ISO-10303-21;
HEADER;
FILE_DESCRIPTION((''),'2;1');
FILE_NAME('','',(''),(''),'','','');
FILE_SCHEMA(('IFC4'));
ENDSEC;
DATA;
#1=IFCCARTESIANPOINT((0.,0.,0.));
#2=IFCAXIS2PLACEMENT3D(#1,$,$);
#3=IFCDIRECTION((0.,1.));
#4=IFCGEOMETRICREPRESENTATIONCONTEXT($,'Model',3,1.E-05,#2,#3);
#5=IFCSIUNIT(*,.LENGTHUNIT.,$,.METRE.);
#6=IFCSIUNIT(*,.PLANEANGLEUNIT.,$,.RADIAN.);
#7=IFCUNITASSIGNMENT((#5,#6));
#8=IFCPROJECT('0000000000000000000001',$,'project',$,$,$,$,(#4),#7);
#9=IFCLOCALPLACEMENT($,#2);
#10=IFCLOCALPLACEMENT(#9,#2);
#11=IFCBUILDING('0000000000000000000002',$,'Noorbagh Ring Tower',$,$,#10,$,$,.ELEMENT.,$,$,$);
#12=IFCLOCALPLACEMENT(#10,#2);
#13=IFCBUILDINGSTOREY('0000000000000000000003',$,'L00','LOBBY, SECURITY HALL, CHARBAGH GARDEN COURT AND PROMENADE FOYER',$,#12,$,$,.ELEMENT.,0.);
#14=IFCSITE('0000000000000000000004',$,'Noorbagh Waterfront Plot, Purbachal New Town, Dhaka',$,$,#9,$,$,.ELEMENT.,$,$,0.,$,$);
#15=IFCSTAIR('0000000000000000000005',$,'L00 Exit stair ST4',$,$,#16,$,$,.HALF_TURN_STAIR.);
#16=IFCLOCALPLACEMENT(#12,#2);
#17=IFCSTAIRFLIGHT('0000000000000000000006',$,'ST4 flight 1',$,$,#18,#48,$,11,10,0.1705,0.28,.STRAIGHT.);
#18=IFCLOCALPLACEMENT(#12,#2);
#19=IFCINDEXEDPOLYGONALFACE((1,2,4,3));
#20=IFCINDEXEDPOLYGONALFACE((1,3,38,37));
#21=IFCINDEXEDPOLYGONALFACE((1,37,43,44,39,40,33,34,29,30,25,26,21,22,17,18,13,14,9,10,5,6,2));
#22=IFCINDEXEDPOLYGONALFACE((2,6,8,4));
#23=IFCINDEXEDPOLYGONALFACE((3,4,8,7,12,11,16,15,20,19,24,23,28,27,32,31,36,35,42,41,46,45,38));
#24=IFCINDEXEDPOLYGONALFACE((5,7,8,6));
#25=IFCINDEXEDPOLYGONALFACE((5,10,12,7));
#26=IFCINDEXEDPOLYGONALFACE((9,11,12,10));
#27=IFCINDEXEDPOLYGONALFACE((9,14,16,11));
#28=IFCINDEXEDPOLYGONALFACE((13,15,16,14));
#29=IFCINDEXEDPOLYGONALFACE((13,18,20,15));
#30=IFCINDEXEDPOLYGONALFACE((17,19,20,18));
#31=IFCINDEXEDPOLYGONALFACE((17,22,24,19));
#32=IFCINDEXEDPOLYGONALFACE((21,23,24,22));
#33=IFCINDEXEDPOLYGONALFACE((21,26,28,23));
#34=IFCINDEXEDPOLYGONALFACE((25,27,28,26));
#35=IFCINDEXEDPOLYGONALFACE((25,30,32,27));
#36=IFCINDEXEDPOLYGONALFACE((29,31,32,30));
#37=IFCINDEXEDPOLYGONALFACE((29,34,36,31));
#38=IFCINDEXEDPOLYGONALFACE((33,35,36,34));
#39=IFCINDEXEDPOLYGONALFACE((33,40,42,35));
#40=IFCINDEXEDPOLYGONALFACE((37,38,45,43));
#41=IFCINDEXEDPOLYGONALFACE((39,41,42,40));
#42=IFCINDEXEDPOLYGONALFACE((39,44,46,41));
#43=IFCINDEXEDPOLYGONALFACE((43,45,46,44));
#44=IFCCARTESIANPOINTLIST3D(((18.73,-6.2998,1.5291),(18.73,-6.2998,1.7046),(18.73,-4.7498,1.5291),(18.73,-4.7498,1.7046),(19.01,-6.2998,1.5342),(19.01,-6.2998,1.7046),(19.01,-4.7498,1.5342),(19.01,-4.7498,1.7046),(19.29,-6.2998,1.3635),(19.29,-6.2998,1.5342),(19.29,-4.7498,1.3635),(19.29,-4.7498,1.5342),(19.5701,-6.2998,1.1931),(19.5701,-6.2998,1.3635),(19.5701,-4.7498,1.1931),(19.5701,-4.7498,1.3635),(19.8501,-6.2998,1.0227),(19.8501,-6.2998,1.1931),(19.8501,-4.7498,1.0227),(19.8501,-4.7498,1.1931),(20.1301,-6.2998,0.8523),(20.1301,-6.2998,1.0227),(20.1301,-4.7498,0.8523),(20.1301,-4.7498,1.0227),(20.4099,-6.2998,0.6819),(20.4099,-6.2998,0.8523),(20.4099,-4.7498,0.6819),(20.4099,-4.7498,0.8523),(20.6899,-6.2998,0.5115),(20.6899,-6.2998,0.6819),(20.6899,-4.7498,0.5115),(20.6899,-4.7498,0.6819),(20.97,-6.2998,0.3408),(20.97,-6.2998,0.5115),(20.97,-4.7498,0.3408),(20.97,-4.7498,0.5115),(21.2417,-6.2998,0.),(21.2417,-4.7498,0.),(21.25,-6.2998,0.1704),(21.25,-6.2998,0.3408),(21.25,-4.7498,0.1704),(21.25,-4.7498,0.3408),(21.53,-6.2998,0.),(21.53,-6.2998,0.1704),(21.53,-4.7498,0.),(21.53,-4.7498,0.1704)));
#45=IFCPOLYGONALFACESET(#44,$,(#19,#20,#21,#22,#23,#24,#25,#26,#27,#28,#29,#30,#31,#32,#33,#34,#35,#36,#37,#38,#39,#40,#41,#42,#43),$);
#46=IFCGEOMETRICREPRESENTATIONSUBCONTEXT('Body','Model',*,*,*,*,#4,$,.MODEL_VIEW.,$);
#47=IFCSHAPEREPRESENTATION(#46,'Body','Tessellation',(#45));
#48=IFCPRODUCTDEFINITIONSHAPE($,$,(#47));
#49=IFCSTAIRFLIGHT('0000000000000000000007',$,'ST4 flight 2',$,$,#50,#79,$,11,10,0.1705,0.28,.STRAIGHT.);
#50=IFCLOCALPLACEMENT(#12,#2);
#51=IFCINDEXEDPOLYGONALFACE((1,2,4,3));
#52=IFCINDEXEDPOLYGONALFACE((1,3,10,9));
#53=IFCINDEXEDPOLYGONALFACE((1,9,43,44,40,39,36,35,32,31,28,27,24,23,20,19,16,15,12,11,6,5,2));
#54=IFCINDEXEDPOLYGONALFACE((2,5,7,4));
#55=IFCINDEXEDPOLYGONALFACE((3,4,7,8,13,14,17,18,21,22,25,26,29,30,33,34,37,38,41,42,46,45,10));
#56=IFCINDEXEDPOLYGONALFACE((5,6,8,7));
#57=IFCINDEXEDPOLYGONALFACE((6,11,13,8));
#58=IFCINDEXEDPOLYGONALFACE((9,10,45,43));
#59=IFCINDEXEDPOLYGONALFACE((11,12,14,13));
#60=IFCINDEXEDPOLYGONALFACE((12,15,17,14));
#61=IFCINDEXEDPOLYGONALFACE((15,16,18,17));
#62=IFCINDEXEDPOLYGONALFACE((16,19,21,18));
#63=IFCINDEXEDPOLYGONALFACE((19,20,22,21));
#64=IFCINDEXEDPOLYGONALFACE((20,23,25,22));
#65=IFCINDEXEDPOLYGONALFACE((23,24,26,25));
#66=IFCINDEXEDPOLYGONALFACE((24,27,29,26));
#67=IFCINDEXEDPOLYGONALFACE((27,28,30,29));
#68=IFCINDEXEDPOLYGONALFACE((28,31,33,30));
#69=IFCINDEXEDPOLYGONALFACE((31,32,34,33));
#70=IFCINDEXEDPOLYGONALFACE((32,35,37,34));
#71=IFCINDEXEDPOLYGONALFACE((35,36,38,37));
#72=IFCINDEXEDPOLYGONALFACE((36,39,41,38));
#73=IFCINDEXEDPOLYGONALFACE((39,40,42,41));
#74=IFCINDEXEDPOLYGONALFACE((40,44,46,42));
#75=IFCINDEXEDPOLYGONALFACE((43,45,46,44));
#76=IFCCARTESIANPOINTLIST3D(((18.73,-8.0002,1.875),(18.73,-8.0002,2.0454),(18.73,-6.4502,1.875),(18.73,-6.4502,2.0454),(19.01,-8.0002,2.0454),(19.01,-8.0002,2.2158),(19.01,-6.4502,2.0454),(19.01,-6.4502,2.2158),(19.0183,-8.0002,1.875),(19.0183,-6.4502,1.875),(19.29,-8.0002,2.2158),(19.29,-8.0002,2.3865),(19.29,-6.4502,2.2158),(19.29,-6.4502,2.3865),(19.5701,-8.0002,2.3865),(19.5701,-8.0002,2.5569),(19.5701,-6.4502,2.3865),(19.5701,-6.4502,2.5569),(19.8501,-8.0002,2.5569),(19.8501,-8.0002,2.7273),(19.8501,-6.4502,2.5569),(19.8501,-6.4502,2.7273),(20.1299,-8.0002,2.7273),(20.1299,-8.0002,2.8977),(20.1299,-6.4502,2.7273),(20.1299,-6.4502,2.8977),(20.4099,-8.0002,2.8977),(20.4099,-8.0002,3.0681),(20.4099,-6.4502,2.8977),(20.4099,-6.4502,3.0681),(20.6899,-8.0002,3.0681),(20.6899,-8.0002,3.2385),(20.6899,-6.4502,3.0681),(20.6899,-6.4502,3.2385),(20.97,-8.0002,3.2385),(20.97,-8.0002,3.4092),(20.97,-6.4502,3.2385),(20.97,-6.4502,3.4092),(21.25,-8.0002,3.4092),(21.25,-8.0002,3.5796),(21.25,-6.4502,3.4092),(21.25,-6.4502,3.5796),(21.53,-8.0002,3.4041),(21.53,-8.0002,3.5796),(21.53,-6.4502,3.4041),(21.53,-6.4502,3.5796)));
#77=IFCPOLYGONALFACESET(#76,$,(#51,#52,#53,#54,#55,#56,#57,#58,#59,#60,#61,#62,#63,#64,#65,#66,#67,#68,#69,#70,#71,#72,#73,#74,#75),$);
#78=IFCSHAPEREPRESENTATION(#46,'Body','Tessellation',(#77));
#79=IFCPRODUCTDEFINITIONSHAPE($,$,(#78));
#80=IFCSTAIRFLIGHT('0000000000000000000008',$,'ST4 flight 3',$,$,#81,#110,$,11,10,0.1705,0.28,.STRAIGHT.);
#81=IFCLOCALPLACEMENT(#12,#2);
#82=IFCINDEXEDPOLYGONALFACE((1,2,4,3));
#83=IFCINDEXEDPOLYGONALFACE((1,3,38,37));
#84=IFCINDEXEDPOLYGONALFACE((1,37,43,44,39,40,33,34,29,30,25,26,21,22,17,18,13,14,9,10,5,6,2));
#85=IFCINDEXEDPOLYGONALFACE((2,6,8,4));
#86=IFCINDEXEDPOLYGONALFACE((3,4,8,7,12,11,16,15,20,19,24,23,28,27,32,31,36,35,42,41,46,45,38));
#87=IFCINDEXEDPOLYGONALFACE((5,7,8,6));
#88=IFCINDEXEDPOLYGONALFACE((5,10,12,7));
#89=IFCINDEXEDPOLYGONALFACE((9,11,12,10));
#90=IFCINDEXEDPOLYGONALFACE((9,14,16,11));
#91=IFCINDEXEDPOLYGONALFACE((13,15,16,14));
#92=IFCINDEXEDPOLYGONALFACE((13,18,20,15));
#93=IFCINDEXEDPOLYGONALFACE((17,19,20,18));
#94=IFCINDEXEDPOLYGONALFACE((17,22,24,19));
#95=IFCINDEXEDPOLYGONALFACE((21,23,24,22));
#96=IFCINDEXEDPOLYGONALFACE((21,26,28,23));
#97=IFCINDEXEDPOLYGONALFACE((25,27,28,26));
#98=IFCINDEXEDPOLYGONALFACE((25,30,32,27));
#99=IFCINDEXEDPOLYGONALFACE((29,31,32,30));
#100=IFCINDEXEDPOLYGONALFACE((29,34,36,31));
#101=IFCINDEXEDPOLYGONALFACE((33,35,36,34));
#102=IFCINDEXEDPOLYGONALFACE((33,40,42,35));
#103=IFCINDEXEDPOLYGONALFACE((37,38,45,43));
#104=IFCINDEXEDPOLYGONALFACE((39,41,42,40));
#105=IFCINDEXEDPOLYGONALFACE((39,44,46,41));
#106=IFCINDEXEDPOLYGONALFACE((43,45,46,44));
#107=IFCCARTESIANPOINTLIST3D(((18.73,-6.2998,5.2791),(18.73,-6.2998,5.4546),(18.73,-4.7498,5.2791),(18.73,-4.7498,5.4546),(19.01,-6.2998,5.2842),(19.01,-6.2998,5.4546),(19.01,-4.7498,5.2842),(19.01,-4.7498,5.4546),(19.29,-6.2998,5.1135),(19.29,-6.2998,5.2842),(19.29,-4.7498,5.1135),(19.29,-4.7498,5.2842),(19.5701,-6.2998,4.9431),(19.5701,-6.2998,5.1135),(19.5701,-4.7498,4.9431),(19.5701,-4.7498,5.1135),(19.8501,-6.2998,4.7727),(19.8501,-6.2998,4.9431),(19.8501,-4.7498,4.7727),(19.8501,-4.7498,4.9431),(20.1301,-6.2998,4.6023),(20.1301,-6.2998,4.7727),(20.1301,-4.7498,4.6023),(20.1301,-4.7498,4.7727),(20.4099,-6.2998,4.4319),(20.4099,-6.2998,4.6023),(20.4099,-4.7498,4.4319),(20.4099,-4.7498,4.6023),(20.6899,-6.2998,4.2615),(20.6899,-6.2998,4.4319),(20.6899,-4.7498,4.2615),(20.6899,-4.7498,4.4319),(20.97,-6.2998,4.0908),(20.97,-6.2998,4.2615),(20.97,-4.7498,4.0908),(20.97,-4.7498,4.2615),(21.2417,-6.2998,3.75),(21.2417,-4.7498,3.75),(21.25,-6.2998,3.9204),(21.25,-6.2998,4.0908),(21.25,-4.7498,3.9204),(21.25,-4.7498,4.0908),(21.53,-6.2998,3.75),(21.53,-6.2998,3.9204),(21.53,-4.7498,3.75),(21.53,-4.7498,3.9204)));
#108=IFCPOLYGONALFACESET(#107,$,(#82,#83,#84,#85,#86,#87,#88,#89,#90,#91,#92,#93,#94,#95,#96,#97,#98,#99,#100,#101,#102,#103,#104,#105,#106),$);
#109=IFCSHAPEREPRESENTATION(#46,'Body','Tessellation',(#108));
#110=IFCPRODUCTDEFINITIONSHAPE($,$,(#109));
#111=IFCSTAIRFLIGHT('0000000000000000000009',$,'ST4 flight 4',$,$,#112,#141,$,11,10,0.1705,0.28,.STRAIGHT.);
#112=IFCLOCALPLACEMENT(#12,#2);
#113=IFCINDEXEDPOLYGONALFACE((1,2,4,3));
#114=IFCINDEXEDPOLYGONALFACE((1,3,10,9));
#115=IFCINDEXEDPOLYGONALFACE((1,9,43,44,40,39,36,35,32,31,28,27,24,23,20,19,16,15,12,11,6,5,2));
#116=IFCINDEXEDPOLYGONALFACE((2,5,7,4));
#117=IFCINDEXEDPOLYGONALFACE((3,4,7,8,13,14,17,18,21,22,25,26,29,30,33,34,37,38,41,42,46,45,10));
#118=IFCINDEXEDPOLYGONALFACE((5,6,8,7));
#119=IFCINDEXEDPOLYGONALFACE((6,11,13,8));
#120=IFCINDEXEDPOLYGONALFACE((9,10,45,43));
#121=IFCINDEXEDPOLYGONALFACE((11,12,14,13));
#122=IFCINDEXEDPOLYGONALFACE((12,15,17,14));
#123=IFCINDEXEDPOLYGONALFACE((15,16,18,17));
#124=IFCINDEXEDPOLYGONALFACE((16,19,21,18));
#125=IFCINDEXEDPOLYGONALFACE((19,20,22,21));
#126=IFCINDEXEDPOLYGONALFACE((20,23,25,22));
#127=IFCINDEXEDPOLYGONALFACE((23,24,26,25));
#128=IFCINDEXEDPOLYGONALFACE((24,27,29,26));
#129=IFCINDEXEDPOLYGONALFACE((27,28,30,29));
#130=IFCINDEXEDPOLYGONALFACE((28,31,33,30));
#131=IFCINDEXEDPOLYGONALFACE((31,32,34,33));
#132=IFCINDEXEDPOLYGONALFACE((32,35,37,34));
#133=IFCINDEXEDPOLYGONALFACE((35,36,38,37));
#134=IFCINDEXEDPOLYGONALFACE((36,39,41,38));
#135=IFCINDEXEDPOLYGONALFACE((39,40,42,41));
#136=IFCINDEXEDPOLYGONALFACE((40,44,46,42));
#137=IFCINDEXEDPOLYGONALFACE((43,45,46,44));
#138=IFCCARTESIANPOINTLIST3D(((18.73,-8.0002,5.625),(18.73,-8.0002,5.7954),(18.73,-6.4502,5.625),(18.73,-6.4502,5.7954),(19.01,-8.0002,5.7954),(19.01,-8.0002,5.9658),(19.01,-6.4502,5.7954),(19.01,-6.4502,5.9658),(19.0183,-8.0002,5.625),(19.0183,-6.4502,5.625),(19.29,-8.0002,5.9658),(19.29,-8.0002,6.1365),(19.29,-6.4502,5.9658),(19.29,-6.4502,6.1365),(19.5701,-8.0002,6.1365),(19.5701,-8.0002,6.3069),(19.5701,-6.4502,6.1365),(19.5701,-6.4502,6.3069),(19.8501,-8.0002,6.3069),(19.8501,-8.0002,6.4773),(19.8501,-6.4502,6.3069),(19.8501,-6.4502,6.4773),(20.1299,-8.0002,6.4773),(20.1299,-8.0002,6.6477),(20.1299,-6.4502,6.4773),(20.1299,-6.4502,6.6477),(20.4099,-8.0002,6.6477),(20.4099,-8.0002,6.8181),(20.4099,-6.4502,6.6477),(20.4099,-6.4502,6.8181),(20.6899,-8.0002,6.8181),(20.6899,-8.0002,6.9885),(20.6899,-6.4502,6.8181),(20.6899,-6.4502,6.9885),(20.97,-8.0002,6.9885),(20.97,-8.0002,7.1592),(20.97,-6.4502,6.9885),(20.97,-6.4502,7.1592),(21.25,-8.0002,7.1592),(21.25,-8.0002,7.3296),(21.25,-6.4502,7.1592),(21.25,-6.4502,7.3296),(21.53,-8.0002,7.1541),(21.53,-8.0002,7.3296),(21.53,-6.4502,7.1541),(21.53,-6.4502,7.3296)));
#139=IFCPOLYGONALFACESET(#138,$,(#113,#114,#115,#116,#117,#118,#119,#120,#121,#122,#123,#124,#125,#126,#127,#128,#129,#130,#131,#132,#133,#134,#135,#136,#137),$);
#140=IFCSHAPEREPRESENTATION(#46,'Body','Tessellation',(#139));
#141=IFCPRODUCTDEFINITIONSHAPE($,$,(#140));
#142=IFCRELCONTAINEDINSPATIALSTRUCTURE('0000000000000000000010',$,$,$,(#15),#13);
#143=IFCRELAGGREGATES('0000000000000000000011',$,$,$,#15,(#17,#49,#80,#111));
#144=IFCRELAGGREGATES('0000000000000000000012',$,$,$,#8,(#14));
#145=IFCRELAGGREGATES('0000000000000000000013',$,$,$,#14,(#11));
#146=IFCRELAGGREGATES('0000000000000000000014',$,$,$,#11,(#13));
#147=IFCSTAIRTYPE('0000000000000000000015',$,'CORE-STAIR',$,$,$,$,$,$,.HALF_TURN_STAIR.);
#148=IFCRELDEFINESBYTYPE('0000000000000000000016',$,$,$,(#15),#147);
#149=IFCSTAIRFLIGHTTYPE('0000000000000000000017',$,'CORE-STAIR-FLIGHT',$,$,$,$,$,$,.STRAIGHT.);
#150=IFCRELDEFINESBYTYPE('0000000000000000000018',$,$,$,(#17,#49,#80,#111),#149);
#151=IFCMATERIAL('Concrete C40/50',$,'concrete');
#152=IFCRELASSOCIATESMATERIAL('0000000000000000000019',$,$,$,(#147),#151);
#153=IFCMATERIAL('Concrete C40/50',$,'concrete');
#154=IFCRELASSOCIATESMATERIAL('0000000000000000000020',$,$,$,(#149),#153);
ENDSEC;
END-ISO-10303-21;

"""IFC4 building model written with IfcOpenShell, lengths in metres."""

from ifc_helpers import new_model, si_unit, direction, frame, origin, place, context, subcontext, project, spatial, polyline, outline, extrude, material, type_object, element, aggregate, save


model = new_model("IFC4")

# Units and contexts
model_context = context("Model", 3, precision=1e-05, world=origin(), true_north=direction((0.0, 1.0)))
body_context = subcontext(model_context, "Body", "Model", "MODEL_VIEW")
ifc_project = project(units=[si_unit("LENGTHUNIT", "METRE"), si_unit("PLANEANGLEUNIT", "RADIAN")], contexts=[model_context])

# Site, building, storey
site_placement = place(None, origin())
site = spatial("IfcSite", under=ifc_project, at=site_placement, Name="Noorbagh Waterfront Plot, Purbachal New Town, Dhaka", CompositionType="ELEMENT", RefElevation=0.0)
building_placement = place(site_placement, origin())
building = spatial("IfcBuilding", under=site, at=building_placement, Name="Noorbagh Ring Tower", CompositionType="ELEMENT")
storey_placement = place(building_placement, origin())
storey = spatial("IfcBuildingStorey", under=building, at=storey_placement, Name="L00", Description="LOBBY, SECURITY HALL, CHARBAGH GARDEN COURT AND PROMENADE FOYER", CompositionType="ELEMENT", Elevation=0.0)

# Stair, stair flights
ifc_material_1 = material(Name="Concrete C40/50", Category="concrete")
stair_type = type_object("IfcStairType", Name="CORE-STAIR", PredefinedType="HALF_TURN_STAIR", material=ifc_material_1)
stair_placement = place(storey_placement, origin())
stair = element("IfcStair", 1, at=stair_placement, inside=storey, type_object=stair_type, Name="L00 Exit stair ST4", PredefinedType="HALF_TURN_STAIR")
ifc_material_2 = material(Name="Concrete C40/50", Category="concrete")
stair_flight_type = type_object("IfcStairFlightType", Name="CORE-STAIR-FLIGHT", PredefinedType="STRAIGHT", material=ifc_material_2)
stair_flight_1_placement = place(storey_placement, frame((21.53, -5.5249, 0.0), z_axis=(0.0, 0.0, 1.0), x_axis=(-1.0, 0.0, 0.0)))
stair_flight_1 = element("IfcStairFlight", 2, at=stair_flight_1_placement, type_object=stair_flight_type, Name="ST4 flight 1", NumberOfRisers=11, NumberOfTreads=10, PredefinedType="STRAIGHT", RiserHeight=0.1705, TreadLength=0.28, context=body_context, shape_type="SweptSolid", body=[
    extrude(outline(polyline([(0.0, 0.0), (0.0, 0.1704), (0.28, 0.1704), (0.28, 0.3408), (0.5601, 0.3408), (0.5601, 0.5115), (0.8401, 0.5115), (0.8401, 0.6819), (1.1201, 0.6819), (1.1201, 0.8523), (1.3999, 0.8523), (1.3999, 1.0227), (1.6799, 1.0227), (1.6799, 1.1931), (1.96, 1.1931), (1.96, 1.3635), (2.24, 1.3635), (2.24, 1.5342), (2.52, 1.5342), (2.52, 1.7046), (2.8, 1.7046), (2.8, 1.875), (2.8, 1.5291), (0.2883, 0.0), (0.0, 0.0)])), frame((0.0, 0.7749, 0.0), z_axis=(0.0, -1.0, 0.0), x_axis=(1.0, 0.0, 0.0)), (0.0, 0.0, 1.0), 1.55),
])
stair_flight_2_placement = place(storey_placement, frame((18.73, -7.2251, 1.875), z_axis=(0.0, 0.0, 1.0), x_axis=(1.0, 0.0, 0.0)))
stair_flight_2 = element("IfcStairFlight", 3, at=stair_flight_2_placement, type_object=stair_flight_type, Name="ST4 flight 2", NumberOfRisers=11, NumberOfTreads=10, PredefinedType="STRAIGHT", RiserHeight=0.1705, TreadLength=0.28, context=body_context, shape_type="SweptSolid", body=[
    extrude(outline(polyline([(0.0, 0.0), (0.0, 0.1704), (0.28, 0.1704), (0.28, 0.3408), (0.5601, 0.3408), (0.5601, 0.5115), (0.8401, 0.5115), (0.8401, 0.6819), (1.1201, 0.6819), (1.1201, 0.8523), (1.3999, 0.8523), (1.3999, 1.0227), (1.6799, 1.0227), (1.6799, 1.1931), (1.96, 1.1931), (1.96, 1.3635), (2.24, 1.3635), (2.24, 1.5342), (2.52, 1.5342), (2.52, 1.7046), (2.8, 1.7046), (2.8, 1.875), (2.8, 1.5291), (0.2883, 0.0), (0.0, 0.0)])), frame((0.0, 0.7749, 0.0), z_axis=(0.0, -1.0, 0.0), x_axis=(1.0, 0.0, 0.0)), (0.0, 0.0, 1.0), 1.55),
])
stair_flight_3_placement = place(storey_placement, frame((21.53, -5.5249, 3.75), z_axis=(0.0, 0.0, 1.0), x_axis=(-1.0, 0.0, 0.0)))
stair_flight_3 = element("IfcStairFlight", 4, at=stair_flight_3_placement, type_object=stair_flight_type, Name="ST4 flight 3", NumberOfRisers=11, NumberOfTreads=10, PredefinedType="STRAIGHT", RiserHeight=0.1705, TreadLength=0.28, context=body_context, shape_type="SweptSolid", body=[
    extrude(outline(polyline([(0.0, 0.0), (0.0, 0.1704), (0.28, 0.1704), (0.28, 0.3408), (0.5601, 0.3408), (0.5601, 0.5115), (0.8401, 0.5115), (0.8401, 0.6819), (1.1201, 0.6819), (1.1201, 0.8523), (1.3999, 0.8523), (1.3999, 1.0227), (1.6799, 1.0227), (1.6799, 1.1931), (1.96, 1.1931), (1.96, 1.3635), (2.24, 1.3635), (2.24, 1.5342), (2.52, 1.5342), (2.52, 1.7046), (2.8, 1.7046), (2.8, 1.875), (2.8, 1.5291), (0.2883, 0.0), (0.0, 0.0)])), frame((0.0, 0.7749, 0.0), z_axis=(0.0, -1.0, 0.0), x_axis=(1.0, 0.0, 0.0)), (0.0, 0.0, 1.0), 1.55),
])
stair_flight_4_placement = place(storey_placement, frame((18.73, -7.2251, 5.625), z_axis=(0.0, 0.0, 1.0), x_axis=(1.0, 0.0, 0.0)))
stair_flight_4 = element("IfcStairFlight", 5, at=stair_flight_4_placement, type_object=stair_flight_type, Name="ST4 flight 4", NumberOfRisers=11, NumberOfTreads=10, PredefinedType="STRAIGHT", RiserHeight=0.1705, TreadLength=0.28, context=body_context, shape_type="SweptSolid", body=[
    extrude(outline(polyline([(0.0, 0.0), (0.0, 0.1704), (0.28, 0.1704), (0.28, 0.3408), (0.5601, 0.3408), (0.5601, 0.5115), (0.8401, 0.5115), (0.8401, 0.6819), (1.1201, 0.6819), (1.1201, 0.8523), (1.3999, 0.8523), (1.3999, 1.0227), (1.6799, 1.0227), (1.6799, 1.1931), (1.96, 1.1931), (1.96, 1.3635), (2.24, 1.3635), (2.24, 1.5342), (2.52, 1.5342), (2.52, 1.7046), (2.8, 1.7046), (2.8, 1.875), (2.8, 1.5291), (0.2883, 0.0), (0.0, 0.0)])), frame((0.0, 0.7749, 0.0), z_axis=(0.0, -1.0, 0.0), x_axis=(1.0, 0.0, 0.0)), (0.0, 0.0, 1.0), 1.55),
])
aggregate(stair, [stair_flight_1, stair_flight_2, stair_flight_3, stair_flight_4])

save(model, "model.ifc")
